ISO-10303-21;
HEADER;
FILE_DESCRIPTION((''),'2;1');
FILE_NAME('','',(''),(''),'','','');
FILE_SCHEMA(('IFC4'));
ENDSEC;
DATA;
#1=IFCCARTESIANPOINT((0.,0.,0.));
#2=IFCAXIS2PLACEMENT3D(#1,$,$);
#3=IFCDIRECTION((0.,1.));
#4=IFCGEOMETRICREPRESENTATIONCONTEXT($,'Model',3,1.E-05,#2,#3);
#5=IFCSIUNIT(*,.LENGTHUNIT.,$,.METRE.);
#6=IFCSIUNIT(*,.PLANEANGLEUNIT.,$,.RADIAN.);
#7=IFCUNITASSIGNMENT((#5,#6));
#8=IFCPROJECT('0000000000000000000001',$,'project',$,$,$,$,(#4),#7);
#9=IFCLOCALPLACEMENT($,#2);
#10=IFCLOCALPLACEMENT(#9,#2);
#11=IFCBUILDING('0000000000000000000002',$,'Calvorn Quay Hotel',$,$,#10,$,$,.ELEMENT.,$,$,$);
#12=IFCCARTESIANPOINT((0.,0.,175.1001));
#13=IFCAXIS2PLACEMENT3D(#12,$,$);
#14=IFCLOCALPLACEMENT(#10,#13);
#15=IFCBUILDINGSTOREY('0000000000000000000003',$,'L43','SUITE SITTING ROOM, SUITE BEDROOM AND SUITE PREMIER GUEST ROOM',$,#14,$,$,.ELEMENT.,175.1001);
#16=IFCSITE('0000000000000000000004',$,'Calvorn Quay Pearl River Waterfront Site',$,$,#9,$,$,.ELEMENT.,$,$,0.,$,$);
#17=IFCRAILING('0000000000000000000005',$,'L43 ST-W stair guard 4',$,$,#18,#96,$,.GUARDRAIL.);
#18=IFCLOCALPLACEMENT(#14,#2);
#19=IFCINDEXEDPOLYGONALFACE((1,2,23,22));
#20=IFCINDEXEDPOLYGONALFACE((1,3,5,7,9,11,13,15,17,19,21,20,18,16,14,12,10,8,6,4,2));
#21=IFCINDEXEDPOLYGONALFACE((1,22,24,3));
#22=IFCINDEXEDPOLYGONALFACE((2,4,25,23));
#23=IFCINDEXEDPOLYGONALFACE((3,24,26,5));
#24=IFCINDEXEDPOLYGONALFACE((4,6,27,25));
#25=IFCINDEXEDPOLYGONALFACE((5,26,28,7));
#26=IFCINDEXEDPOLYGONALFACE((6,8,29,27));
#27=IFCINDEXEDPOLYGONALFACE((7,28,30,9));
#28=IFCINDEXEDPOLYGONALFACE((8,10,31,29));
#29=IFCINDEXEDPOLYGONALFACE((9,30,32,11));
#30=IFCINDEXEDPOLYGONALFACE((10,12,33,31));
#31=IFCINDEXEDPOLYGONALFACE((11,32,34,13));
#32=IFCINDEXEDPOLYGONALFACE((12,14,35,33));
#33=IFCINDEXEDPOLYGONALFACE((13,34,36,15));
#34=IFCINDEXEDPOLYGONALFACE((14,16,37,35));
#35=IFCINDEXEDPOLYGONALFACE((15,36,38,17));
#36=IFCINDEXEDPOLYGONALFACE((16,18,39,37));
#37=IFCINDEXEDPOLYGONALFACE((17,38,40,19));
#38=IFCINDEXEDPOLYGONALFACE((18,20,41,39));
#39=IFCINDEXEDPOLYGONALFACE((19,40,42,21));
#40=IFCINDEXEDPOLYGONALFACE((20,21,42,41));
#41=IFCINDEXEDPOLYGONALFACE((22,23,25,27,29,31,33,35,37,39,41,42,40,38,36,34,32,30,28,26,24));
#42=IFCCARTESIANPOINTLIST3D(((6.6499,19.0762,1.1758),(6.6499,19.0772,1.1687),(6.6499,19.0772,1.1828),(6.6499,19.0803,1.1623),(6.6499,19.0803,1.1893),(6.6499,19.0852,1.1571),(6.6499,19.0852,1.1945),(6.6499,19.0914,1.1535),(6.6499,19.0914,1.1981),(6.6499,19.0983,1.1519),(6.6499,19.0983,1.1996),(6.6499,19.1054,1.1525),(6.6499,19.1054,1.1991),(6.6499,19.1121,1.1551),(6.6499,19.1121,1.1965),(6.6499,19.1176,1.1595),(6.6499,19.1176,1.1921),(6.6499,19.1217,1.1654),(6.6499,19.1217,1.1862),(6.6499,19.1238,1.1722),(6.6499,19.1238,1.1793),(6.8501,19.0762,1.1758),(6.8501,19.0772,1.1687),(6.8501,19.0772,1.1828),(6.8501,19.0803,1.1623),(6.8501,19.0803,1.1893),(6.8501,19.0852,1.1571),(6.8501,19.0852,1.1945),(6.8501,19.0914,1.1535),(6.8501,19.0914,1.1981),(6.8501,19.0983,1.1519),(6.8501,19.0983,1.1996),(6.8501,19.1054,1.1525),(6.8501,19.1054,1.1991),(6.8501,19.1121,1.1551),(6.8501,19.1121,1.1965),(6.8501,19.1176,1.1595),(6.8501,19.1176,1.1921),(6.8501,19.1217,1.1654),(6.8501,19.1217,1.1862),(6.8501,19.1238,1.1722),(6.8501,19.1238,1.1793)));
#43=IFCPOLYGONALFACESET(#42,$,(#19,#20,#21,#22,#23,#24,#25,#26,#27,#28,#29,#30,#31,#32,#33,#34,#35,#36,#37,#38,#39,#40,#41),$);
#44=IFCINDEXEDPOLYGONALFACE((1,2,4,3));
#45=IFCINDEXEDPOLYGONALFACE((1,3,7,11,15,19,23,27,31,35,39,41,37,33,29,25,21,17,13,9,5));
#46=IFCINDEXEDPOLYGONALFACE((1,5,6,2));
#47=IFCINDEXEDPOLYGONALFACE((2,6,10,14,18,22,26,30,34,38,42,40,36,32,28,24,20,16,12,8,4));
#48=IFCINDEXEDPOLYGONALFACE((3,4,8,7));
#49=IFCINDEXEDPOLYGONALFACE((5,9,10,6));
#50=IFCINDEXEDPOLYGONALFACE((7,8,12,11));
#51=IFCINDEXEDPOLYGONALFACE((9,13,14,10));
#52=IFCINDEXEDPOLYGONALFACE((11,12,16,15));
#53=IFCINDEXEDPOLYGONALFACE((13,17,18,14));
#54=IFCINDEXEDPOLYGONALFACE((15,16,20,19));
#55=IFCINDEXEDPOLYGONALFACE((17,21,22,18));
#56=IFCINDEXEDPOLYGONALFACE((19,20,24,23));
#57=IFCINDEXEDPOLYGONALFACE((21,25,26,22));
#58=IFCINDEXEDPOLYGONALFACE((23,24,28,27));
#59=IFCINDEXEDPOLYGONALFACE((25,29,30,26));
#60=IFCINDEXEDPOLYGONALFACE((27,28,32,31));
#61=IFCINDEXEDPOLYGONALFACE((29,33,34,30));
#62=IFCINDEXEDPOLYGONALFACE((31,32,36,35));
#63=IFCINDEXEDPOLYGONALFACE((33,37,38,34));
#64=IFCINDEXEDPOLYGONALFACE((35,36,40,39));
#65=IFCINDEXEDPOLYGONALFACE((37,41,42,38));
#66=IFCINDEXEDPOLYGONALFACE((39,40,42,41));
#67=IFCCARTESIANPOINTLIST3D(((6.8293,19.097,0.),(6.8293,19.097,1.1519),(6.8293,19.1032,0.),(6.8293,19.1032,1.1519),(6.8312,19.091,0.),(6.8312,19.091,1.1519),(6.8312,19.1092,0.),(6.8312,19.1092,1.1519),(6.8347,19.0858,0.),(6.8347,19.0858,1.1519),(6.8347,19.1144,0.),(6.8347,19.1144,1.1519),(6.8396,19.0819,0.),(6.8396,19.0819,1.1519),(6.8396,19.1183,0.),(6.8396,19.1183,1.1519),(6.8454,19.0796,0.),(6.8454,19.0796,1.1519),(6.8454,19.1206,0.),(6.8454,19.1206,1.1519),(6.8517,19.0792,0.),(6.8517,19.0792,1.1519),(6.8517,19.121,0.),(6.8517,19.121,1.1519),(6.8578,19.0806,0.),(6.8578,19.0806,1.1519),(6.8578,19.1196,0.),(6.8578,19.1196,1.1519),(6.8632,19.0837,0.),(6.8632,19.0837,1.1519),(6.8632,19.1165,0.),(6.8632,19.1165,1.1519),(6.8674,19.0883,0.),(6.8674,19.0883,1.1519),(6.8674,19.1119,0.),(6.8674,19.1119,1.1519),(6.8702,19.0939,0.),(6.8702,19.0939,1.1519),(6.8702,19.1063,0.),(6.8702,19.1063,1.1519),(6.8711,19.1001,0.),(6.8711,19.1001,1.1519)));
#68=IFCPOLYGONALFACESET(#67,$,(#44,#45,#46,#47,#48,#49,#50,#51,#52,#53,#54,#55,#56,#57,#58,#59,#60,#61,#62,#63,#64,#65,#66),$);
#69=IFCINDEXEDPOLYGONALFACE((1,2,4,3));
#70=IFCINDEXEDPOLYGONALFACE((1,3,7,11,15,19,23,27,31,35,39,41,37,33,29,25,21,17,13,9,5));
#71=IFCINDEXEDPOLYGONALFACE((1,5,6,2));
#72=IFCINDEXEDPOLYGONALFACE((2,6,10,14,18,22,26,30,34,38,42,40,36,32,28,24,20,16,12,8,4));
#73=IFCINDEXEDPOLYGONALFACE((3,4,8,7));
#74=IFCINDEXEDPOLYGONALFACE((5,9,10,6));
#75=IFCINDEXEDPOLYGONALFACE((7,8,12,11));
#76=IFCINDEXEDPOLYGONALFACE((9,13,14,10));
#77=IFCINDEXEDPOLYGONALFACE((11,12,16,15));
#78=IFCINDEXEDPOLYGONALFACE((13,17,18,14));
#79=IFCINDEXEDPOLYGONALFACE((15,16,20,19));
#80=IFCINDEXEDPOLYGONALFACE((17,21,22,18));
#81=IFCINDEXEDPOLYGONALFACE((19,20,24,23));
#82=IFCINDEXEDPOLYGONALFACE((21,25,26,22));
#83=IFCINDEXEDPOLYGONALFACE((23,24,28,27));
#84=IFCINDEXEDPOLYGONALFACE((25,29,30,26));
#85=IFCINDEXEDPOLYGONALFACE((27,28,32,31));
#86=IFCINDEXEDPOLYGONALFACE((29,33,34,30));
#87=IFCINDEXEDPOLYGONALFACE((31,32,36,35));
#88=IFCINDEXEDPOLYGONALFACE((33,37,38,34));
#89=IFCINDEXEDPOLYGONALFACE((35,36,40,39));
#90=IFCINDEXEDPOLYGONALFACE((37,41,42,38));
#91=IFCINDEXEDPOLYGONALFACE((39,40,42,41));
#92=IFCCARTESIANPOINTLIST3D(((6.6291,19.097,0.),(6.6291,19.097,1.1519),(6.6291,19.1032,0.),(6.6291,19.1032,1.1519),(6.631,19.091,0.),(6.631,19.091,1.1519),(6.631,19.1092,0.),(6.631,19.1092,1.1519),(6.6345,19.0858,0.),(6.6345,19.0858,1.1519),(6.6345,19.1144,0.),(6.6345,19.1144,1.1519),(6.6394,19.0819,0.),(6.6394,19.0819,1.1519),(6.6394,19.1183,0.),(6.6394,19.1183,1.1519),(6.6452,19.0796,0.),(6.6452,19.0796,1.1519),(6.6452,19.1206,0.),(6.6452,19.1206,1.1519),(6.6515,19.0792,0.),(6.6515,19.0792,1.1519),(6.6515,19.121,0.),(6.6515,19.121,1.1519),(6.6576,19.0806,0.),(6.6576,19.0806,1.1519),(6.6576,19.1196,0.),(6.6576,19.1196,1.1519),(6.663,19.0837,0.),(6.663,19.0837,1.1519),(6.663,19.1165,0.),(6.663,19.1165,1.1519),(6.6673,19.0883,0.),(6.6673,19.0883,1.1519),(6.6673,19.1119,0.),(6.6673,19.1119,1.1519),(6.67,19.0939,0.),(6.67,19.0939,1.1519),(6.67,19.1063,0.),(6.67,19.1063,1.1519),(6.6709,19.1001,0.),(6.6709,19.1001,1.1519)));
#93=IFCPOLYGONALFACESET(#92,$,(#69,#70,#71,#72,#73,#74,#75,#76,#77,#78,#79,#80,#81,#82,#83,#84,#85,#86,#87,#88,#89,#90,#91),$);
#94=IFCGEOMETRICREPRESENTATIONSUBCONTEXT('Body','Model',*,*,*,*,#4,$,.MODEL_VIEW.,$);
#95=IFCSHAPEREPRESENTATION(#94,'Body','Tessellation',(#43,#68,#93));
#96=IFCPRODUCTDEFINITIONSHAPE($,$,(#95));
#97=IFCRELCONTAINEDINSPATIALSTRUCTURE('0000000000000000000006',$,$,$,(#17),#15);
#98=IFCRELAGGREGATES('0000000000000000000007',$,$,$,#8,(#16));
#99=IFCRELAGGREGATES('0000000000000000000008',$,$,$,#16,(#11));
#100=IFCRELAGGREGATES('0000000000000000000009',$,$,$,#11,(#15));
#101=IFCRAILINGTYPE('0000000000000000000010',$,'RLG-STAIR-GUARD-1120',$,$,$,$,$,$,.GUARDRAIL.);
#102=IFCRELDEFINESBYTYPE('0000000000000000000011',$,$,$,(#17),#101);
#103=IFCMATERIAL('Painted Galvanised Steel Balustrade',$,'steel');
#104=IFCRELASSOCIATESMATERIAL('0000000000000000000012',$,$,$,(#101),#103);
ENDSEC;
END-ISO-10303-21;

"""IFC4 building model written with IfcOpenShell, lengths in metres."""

from ifc_helpers import new_model, si_unit, direction, frame, origin, origin_2d, place, context, subcontext, project, spatial, circle, extrude, material, type_object, element, save


model = new_model("IFC4")

# Units and contexts
model_context = context("Model", 3, precision=1e-05, world=origin(), true_north=direction((0.0, 1.0)))
body_context = subcontext(model_context, "Body", "Model", "MODEL_VIEW")
ifc_project = project(units=[si_unit("LENGTHUNIT", "METRE"), si_unit("PLANEANGLEUNIT", "RADIAN")], contexts=[model_context])

# Site, building, storey
site_placement = place(None, origin())
site = spatial("IfcSite", under=ifc_project, at=site_placement, Name="Calvorn Quay Pearl River Waterfront Site", CompositionType="ELEMENT", RefElevation=0.0)
building_placement = place(site_placement, origin())
building = spatial("IfcBuilding", under=site, at=building_placement, Name="Calvorn Quay Hotel", CompositionType="ELEMENT")
storey_placement = place(building_placement, frame((0.0, 0.0, 175.1001)))
storey = spatial("IfcBuildingStorey", under=building, at=storey_placement, Name="L43", Description="SUITE SITTING ROOM, SUITE BEDROOM AND SUITE PREMIER GUEST ROOM", CompositionType="ELEMENT", Elevation=175.1001)

# Railing
ifc_material_1 = material(Name="Painted Galvanised Steel Balustrade", Category="steel")
railing_type_1 = type_object("IfcRailingType", Name="RLG-STAIR-GUARD-1120", PredefinedType="GUARDRAIL", material=ifc_material_1)
railing_1_placement = place(storey_placement, frame((6.8501, 19.1001, 0.0)))
element("IfcRailing", 1, at=railing_1_placement, inside=storey, type_object=railing_type_1, Name="L43 ST-W stair guard 4", PredefinedType="GUARDRAIL", context=body_context, shape_type="SweptSolid", body=[
    extrude(circle(Radius=0.0239, at=origin_2d()), frame((0.0, 0.0, 1.1758), z_axis=(-1.0, 0.0, 0.0), x_axis=(0.0, -1.0, 0.0)), (0.0, 0.0, 1.0), 0.2002),
    extrude(circle(Radius=0.021, at=origin_2d()), origin(), (0.0, 0.0, 1.0), 1.1519),
    extrude(circle(Radius=0.021, at=origin_2d()), frame((-0.2002, 0.0, 0.0)), (0.0, 0.0, 1.0), 1.1519),
])

save(model, "model.ifc")
